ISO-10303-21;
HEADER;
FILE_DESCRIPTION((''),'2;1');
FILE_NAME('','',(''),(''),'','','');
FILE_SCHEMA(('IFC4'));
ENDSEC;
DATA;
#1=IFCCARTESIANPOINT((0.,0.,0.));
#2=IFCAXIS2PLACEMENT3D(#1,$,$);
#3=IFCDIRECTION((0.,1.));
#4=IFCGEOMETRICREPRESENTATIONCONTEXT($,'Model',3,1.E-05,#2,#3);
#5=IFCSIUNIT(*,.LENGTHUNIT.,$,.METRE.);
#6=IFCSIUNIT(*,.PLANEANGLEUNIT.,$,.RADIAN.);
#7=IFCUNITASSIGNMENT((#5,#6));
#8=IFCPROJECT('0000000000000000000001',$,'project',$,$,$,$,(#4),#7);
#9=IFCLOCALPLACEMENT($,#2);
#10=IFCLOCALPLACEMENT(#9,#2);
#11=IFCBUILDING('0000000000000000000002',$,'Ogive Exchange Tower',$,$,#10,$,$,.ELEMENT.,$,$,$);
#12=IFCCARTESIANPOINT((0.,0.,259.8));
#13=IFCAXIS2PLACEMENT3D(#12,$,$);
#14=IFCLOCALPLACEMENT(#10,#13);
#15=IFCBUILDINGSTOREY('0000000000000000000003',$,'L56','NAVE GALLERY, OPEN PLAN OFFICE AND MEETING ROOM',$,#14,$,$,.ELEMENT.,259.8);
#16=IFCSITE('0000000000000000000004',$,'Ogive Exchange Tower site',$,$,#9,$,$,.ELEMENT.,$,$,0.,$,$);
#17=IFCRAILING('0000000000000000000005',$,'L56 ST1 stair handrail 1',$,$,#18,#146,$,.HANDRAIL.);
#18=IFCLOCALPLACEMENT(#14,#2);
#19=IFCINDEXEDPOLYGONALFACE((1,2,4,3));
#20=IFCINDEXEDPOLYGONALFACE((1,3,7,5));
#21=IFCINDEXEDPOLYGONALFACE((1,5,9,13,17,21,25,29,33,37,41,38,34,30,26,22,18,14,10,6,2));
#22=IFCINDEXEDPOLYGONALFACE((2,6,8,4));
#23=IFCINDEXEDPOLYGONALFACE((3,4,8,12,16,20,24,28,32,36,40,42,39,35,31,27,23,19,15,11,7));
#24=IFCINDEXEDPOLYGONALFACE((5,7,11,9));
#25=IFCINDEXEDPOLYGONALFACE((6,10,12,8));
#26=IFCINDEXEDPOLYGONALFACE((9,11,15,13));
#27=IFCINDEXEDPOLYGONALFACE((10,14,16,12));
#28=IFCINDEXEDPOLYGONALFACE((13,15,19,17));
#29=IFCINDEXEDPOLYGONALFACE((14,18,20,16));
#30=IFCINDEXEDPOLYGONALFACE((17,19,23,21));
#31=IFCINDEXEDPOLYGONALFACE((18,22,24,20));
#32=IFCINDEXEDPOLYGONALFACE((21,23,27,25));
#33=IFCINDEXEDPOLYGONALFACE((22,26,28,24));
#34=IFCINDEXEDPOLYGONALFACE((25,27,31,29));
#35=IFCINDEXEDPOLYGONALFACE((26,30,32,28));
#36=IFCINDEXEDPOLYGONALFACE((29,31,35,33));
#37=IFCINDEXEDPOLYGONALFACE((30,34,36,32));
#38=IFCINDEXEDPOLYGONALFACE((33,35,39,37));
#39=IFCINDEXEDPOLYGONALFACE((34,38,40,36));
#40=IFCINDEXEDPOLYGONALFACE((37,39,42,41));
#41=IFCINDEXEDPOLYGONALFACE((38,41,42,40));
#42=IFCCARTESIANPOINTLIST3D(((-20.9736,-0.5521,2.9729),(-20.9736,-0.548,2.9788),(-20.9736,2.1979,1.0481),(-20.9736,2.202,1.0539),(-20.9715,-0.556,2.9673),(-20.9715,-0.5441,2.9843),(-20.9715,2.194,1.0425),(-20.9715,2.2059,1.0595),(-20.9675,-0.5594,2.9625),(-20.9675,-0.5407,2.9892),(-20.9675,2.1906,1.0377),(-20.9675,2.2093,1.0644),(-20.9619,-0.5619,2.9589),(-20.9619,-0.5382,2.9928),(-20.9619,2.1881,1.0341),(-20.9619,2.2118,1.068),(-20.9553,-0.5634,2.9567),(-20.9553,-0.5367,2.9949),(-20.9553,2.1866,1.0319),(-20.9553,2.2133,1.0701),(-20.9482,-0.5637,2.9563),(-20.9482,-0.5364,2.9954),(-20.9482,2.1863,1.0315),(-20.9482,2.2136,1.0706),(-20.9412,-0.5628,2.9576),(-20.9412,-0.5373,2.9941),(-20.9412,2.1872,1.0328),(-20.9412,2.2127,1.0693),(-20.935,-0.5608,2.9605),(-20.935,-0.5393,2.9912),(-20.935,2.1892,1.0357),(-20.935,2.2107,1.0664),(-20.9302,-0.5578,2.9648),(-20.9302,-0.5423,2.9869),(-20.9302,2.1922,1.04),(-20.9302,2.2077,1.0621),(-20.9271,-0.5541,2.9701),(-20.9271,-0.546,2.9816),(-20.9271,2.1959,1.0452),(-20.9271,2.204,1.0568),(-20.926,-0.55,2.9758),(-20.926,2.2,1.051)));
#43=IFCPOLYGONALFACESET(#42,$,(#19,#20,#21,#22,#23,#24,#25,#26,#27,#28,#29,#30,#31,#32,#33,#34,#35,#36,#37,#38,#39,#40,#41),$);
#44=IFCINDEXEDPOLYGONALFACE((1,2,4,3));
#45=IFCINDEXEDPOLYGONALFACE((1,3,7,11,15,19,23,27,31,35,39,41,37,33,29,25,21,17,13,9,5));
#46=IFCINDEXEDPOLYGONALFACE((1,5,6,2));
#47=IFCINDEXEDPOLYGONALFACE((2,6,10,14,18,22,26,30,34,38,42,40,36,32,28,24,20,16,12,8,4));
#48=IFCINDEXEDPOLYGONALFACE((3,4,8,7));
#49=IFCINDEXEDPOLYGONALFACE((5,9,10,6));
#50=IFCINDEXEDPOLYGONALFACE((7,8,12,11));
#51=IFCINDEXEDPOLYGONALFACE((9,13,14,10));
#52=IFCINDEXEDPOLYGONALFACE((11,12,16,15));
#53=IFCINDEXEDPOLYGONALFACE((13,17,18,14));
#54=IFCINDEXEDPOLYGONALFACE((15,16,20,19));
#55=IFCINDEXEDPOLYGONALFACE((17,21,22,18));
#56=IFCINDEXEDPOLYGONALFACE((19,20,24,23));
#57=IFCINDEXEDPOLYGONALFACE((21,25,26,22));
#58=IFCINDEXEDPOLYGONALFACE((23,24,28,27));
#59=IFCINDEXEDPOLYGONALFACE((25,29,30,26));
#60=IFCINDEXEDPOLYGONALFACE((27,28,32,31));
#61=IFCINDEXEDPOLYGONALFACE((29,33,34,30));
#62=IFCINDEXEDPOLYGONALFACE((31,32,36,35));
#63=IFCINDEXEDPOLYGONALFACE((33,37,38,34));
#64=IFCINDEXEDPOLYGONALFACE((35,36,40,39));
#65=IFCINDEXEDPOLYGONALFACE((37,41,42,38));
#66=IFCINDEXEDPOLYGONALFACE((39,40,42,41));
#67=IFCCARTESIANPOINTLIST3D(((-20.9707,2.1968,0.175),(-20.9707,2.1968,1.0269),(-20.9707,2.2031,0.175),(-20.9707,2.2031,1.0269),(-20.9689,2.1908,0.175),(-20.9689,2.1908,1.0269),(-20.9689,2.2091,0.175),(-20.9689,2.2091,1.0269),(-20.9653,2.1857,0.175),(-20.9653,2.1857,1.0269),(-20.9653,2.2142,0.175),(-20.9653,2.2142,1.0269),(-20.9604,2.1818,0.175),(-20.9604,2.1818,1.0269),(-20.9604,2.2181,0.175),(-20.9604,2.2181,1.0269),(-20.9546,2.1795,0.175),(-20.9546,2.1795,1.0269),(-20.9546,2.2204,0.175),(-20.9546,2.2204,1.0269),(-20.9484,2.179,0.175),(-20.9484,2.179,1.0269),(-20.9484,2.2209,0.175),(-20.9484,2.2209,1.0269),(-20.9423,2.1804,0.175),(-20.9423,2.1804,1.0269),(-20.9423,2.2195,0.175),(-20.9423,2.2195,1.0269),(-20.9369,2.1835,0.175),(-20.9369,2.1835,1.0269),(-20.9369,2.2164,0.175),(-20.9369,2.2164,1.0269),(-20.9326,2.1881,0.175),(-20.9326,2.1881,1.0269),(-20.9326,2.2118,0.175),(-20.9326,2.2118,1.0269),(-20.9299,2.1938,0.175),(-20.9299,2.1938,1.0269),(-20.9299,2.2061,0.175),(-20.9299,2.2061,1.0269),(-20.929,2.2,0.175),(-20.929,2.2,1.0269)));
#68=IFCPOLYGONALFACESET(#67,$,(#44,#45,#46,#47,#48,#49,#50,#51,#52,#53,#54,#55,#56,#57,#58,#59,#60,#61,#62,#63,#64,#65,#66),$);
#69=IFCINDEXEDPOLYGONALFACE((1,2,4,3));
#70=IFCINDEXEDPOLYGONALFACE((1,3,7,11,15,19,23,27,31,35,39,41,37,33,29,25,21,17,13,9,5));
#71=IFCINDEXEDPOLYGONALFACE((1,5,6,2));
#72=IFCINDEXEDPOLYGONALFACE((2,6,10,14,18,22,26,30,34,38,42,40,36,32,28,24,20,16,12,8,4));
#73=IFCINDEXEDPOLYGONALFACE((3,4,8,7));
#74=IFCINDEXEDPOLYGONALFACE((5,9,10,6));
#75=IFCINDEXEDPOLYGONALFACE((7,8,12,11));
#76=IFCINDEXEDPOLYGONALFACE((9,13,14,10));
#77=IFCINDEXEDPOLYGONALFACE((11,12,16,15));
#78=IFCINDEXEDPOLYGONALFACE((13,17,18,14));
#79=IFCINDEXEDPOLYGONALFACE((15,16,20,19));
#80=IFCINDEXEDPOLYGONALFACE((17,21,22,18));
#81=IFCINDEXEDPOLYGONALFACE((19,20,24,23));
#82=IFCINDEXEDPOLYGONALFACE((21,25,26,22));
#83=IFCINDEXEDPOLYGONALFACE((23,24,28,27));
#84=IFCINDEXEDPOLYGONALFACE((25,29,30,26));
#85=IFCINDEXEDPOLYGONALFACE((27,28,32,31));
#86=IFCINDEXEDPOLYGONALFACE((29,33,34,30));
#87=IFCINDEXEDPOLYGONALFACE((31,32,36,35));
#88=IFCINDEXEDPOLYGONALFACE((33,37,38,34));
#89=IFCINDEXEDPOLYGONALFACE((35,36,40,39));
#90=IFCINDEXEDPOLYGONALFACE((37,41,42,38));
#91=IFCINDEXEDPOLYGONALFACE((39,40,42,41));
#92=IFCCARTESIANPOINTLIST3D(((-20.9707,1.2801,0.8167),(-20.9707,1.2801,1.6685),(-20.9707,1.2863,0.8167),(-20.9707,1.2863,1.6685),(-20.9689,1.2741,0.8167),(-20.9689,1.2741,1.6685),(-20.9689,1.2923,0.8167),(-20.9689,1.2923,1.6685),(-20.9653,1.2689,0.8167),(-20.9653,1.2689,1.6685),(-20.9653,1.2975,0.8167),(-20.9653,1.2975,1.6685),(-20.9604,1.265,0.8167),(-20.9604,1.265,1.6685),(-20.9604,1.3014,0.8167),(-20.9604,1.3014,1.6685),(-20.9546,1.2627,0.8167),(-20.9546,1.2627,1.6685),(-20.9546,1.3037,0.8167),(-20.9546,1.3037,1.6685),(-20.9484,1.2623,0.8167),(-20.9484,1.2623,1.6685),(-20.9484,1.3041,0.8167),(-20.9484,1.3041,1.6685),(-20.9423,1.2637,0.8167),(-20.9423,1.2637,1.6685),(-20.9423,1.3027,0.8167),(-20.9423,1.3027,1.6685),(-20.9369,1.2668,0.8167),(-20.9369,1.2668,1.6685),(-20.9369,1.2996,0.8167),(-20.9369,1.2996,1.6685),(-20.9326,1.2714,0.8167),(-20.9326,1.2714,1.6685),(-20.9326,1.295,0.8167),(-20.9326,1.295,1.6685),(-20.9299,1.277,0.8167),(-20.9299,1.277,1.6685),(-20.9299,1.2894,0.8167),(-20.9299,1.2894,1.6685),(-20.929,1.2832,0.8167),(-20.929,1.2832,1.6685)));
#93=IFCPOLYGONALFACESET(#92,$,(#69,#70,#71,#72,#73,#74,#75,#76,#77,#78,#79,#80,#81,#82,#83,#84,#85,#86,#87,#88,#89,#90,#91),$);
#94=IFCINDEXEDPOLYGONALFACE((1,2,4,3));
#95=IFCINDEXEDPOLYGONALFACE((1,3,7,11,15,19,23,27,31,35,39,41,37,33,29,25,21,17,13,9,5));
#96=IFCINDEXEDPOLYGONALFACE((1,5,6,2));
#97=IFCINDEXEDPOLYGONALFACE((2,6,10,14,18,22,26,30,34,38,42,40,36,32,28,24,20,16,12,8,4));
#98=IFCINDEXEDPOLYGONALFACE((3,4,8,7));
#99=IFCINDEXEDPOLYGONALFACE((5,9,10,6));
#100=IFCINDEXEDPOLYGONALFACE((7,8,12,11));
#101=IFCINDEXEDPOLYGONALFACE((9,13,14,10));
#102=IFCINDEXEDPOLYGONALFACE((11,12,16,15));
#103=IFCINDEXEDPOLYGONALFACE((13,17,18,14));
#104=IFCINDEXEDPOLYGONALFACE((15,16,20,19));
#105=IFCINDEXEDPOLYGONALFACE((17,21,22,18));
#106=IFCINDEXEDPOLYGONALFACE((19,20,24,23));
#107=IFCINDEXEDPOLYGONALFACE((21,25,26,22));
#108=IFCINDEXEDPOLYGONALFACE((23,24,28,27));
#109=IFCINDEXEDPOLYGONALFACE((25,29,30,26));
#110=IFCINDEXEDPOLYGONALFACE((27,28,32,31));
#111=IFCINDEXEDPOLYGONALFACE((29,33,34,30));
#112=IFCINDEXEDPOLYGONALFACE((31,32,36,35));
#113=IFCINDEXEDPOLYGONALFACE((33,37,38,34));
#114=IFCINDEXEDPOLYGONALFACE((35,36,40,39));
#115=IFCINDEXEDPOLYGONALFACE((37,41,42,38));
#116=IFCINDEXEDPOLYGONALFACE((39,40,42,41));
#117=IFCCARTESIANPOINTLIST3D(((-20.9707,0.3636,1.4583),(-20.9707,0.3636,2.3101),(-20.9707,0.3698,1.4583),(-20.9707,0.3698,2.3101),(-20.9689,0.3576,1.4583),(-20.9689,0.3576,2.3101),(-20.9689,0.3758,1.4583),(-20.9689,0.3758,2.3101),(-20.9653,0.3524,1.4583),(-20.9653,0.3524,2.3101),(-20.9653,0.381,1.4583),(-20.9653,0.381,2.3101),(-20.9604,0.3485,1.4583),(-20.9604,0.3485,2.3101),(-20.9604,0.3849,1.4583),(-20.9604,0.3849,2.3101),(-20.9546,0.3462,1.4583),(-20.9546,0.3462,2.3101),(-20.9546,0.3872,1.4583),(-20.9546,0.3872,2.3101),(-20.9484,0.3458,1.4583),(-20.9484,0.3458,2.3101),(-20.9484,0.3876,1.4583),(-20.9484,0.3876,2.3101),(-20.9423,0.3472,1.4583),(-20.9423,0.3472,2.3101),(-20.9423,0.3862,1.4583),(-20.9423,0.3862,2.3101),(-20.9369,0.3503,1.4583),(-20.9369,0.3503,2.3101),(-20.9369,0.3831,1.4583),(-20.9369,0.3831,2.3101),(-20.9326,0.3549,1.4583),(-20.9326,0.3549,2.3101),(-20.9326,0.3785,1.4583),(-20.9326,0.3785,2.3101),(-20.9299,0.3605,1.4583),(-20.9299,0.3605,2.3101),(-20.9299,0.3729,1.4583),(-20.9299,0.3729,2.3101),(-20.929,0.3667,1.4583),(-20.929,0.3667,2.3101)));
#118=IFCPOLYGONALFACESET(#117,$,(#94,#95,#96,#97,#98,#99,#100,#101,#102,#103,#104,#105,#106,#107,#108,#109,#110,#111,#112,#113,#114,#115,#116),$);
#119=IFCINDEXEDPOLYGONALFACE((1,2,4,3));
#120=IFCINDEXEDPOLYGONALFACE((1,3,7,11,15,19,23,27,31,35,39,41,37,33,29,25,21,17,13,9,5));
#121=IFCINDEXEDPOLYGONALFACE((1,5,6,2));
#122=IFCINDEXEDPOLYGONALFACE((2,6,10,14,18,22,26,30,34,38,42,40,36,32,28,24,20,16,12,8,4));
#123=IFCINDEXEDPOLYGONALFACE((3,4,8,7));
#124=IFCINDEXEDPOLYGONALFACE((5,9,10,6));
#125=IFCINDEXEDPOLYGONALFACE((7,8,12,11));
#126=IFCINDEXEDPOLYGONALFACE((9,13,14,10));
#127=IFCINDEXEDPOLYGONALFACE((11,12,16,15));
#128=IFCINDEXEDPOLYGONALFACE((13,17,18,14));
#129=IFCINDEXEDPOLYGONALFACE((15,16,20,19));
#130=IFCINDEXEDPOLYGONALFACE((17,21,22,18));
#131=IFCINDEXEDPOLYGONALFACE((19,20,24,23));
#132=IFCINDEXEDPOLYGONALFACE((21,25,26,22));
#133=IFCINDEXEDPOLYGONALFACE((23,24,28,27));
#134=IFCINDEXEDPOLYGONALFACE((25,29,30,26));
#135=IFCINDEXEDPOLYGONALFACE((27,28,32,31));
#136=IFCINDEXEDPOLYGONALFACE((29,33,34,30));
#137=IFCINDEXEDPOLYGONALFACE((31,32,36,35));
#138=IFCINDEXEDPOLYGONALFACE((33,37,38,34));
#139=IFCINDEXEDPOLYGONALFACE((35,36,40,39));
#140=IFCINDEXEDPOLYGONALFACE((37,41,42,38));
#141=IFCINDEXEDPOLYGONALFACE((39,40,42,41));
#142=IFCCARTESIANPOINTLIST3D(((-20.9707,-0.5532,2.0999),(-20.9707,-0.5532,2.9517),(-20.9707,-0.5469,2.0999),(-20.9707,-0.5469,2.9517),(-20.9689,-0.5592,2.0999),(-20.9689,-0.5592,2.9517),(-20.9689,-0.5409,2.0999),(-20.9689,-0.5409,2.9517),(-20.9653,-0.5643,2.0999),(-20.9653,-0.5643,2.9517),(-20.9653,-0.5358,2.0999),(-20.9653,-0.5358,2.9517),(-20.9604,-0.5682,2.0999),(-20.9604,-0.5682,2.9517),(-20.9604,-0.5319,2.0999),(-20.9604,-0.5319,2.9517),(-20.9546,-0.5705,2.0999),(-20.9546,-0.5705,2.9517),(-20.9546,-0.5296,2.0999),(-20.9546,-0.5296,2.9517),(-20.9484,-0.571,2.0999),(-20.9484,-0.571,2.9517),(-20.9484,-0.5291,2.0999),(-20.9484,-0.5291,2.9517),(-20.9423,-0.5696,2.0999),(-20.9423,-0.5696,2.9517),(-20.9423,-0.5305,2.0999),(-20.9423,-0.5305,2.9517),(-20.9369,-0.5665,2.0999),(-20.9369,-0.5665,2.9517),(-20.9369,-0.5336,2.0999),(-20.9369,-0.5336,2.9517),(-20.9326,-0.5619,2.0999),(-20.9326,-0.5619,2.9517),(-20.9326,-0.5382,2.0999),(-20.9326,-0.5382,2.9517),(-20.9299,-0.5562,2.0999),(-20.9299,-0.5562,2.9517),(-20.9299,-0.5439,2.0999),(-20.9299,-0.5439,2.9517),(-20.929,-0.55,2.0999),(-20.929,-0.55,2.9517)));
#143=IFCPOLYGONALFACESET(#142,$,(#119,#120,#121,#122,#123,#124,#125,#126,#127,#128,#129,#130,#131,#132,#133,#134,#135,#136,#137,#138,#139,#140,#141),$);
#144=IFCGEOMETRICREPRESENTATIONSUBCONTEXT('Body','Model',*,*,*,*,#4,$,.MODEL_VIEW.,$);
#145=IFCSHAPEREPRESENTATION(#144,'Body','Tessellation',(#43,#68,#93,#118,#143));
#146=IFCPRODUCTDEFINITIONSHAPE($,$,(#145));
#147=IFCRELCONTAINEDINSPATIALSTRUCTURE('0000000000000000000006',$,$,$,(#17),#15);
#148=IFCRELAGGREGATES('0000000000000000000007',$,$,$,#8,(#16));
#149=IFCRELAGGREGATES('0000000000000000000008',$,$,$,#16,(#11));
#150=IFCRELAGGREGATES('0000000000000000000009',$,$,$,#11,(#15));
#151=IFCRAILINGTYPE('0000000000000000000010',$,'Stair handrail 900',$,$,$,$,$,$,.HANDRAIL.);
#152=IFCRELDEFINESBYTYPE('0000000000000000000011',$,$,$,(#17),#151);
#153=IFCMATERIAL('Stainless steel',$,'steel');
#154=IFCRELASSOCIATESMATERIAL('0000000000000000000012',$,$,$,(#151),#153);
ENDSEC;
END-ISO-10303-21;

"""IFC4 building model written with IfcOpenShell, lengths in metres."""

from ifc_helpers import new_model, si_unit, direction, frame, origin, origin_2d, place, context, subcontext, project, spatial, circle, extrude, material, type_object, element, save


model = new_model("IFC4")

# Units and contexts
model_context = context("Model", 3, precision=1e-05, world=origin(), true_north=direction((0.0, 1.0)))
body_context = subcontext(model_context, "Body", "Model", "MODEL_VIEW")
ifc_project = project(units=[si_unit("LENGTHUNIT", "METRE"), si_unit("PLANEANGLEUNIT", "RADIAN")], contexts=[model_context])

# Site, building, storey
site_placement = place(None, origin())
site = spatial("IfcSite", under=ifc_project, at=site_placement, Name="Ogive Exchange Tower site", CompositionType="ELEMENT", RefElevation=0.0)
building_placement = place(site_placement, origin())
building = spatial("IfcBuilding", under=site, at=building_placement, Name="Ogive Exchange Tower", CompositionType="ELEMENT")
storey_placement = place(building_placement, frame((0.0, 0.0, 259.8)))
storey = spatial("IfcBuildingStorey", under=building, at=storey_placement, Name="L56", Description="NAVE GALLERY, OPEN PLAN OFFICE AND MEETING ROOM", CompositionType="ELEMENT", Elevation=259.8)

# Railing
ifc_material_1 = material(Name="Stainless steel", Category="steel")
railing_type = type_object("IfcRailingType", Name="Stair handrail 900", PredefinedType="HANDRAIL", material=ifc_material_1)
railing_placement = place(storey_placement, frame((-20.95, 2.2, 0.175)))
element("IfcRailing", 1, at=railing_placement, inside=storey, type_object=railing_type, Name="L56 ST1 stair handrail 1", PredefinedType="HANDRAIL", context=body_context, shape_type="SweptSolid", body=[
    extrude(circle(Radius=0.0239, at=origin_2d()), frame((0.0, 0.0, 0.876), z_axis=(0.0, -0.819259, 0.573423), x_axis=(1.0, 0.0, 0.0)), (0.0, 0.0, 1.0), 3.3567),
    extrude(circle(Radius=0.021, at=origin_2d()), origin(), (0.0, 0.0, 1.0), 0.8518),
    extrude(circle(Radius=0.021, at=origin_2d()), frame((0.0, -0.9167, 0.6416)), (0.0, 0.0, 1.0), 0.8518),
    extrude(circle(Radius=0.021, at=origin_2d()), frame((0.0, -1.8333, 1.2832)), (0.0, 0.0, 1.0), 0.8518),
    extrude(circle(Radius=0.021, at=origin_2d()), frame((0.0, -2.75, 1.9248)), (0.0, 0.0, 1.0), 0.8518),
])

save(model, "model.ifc")
